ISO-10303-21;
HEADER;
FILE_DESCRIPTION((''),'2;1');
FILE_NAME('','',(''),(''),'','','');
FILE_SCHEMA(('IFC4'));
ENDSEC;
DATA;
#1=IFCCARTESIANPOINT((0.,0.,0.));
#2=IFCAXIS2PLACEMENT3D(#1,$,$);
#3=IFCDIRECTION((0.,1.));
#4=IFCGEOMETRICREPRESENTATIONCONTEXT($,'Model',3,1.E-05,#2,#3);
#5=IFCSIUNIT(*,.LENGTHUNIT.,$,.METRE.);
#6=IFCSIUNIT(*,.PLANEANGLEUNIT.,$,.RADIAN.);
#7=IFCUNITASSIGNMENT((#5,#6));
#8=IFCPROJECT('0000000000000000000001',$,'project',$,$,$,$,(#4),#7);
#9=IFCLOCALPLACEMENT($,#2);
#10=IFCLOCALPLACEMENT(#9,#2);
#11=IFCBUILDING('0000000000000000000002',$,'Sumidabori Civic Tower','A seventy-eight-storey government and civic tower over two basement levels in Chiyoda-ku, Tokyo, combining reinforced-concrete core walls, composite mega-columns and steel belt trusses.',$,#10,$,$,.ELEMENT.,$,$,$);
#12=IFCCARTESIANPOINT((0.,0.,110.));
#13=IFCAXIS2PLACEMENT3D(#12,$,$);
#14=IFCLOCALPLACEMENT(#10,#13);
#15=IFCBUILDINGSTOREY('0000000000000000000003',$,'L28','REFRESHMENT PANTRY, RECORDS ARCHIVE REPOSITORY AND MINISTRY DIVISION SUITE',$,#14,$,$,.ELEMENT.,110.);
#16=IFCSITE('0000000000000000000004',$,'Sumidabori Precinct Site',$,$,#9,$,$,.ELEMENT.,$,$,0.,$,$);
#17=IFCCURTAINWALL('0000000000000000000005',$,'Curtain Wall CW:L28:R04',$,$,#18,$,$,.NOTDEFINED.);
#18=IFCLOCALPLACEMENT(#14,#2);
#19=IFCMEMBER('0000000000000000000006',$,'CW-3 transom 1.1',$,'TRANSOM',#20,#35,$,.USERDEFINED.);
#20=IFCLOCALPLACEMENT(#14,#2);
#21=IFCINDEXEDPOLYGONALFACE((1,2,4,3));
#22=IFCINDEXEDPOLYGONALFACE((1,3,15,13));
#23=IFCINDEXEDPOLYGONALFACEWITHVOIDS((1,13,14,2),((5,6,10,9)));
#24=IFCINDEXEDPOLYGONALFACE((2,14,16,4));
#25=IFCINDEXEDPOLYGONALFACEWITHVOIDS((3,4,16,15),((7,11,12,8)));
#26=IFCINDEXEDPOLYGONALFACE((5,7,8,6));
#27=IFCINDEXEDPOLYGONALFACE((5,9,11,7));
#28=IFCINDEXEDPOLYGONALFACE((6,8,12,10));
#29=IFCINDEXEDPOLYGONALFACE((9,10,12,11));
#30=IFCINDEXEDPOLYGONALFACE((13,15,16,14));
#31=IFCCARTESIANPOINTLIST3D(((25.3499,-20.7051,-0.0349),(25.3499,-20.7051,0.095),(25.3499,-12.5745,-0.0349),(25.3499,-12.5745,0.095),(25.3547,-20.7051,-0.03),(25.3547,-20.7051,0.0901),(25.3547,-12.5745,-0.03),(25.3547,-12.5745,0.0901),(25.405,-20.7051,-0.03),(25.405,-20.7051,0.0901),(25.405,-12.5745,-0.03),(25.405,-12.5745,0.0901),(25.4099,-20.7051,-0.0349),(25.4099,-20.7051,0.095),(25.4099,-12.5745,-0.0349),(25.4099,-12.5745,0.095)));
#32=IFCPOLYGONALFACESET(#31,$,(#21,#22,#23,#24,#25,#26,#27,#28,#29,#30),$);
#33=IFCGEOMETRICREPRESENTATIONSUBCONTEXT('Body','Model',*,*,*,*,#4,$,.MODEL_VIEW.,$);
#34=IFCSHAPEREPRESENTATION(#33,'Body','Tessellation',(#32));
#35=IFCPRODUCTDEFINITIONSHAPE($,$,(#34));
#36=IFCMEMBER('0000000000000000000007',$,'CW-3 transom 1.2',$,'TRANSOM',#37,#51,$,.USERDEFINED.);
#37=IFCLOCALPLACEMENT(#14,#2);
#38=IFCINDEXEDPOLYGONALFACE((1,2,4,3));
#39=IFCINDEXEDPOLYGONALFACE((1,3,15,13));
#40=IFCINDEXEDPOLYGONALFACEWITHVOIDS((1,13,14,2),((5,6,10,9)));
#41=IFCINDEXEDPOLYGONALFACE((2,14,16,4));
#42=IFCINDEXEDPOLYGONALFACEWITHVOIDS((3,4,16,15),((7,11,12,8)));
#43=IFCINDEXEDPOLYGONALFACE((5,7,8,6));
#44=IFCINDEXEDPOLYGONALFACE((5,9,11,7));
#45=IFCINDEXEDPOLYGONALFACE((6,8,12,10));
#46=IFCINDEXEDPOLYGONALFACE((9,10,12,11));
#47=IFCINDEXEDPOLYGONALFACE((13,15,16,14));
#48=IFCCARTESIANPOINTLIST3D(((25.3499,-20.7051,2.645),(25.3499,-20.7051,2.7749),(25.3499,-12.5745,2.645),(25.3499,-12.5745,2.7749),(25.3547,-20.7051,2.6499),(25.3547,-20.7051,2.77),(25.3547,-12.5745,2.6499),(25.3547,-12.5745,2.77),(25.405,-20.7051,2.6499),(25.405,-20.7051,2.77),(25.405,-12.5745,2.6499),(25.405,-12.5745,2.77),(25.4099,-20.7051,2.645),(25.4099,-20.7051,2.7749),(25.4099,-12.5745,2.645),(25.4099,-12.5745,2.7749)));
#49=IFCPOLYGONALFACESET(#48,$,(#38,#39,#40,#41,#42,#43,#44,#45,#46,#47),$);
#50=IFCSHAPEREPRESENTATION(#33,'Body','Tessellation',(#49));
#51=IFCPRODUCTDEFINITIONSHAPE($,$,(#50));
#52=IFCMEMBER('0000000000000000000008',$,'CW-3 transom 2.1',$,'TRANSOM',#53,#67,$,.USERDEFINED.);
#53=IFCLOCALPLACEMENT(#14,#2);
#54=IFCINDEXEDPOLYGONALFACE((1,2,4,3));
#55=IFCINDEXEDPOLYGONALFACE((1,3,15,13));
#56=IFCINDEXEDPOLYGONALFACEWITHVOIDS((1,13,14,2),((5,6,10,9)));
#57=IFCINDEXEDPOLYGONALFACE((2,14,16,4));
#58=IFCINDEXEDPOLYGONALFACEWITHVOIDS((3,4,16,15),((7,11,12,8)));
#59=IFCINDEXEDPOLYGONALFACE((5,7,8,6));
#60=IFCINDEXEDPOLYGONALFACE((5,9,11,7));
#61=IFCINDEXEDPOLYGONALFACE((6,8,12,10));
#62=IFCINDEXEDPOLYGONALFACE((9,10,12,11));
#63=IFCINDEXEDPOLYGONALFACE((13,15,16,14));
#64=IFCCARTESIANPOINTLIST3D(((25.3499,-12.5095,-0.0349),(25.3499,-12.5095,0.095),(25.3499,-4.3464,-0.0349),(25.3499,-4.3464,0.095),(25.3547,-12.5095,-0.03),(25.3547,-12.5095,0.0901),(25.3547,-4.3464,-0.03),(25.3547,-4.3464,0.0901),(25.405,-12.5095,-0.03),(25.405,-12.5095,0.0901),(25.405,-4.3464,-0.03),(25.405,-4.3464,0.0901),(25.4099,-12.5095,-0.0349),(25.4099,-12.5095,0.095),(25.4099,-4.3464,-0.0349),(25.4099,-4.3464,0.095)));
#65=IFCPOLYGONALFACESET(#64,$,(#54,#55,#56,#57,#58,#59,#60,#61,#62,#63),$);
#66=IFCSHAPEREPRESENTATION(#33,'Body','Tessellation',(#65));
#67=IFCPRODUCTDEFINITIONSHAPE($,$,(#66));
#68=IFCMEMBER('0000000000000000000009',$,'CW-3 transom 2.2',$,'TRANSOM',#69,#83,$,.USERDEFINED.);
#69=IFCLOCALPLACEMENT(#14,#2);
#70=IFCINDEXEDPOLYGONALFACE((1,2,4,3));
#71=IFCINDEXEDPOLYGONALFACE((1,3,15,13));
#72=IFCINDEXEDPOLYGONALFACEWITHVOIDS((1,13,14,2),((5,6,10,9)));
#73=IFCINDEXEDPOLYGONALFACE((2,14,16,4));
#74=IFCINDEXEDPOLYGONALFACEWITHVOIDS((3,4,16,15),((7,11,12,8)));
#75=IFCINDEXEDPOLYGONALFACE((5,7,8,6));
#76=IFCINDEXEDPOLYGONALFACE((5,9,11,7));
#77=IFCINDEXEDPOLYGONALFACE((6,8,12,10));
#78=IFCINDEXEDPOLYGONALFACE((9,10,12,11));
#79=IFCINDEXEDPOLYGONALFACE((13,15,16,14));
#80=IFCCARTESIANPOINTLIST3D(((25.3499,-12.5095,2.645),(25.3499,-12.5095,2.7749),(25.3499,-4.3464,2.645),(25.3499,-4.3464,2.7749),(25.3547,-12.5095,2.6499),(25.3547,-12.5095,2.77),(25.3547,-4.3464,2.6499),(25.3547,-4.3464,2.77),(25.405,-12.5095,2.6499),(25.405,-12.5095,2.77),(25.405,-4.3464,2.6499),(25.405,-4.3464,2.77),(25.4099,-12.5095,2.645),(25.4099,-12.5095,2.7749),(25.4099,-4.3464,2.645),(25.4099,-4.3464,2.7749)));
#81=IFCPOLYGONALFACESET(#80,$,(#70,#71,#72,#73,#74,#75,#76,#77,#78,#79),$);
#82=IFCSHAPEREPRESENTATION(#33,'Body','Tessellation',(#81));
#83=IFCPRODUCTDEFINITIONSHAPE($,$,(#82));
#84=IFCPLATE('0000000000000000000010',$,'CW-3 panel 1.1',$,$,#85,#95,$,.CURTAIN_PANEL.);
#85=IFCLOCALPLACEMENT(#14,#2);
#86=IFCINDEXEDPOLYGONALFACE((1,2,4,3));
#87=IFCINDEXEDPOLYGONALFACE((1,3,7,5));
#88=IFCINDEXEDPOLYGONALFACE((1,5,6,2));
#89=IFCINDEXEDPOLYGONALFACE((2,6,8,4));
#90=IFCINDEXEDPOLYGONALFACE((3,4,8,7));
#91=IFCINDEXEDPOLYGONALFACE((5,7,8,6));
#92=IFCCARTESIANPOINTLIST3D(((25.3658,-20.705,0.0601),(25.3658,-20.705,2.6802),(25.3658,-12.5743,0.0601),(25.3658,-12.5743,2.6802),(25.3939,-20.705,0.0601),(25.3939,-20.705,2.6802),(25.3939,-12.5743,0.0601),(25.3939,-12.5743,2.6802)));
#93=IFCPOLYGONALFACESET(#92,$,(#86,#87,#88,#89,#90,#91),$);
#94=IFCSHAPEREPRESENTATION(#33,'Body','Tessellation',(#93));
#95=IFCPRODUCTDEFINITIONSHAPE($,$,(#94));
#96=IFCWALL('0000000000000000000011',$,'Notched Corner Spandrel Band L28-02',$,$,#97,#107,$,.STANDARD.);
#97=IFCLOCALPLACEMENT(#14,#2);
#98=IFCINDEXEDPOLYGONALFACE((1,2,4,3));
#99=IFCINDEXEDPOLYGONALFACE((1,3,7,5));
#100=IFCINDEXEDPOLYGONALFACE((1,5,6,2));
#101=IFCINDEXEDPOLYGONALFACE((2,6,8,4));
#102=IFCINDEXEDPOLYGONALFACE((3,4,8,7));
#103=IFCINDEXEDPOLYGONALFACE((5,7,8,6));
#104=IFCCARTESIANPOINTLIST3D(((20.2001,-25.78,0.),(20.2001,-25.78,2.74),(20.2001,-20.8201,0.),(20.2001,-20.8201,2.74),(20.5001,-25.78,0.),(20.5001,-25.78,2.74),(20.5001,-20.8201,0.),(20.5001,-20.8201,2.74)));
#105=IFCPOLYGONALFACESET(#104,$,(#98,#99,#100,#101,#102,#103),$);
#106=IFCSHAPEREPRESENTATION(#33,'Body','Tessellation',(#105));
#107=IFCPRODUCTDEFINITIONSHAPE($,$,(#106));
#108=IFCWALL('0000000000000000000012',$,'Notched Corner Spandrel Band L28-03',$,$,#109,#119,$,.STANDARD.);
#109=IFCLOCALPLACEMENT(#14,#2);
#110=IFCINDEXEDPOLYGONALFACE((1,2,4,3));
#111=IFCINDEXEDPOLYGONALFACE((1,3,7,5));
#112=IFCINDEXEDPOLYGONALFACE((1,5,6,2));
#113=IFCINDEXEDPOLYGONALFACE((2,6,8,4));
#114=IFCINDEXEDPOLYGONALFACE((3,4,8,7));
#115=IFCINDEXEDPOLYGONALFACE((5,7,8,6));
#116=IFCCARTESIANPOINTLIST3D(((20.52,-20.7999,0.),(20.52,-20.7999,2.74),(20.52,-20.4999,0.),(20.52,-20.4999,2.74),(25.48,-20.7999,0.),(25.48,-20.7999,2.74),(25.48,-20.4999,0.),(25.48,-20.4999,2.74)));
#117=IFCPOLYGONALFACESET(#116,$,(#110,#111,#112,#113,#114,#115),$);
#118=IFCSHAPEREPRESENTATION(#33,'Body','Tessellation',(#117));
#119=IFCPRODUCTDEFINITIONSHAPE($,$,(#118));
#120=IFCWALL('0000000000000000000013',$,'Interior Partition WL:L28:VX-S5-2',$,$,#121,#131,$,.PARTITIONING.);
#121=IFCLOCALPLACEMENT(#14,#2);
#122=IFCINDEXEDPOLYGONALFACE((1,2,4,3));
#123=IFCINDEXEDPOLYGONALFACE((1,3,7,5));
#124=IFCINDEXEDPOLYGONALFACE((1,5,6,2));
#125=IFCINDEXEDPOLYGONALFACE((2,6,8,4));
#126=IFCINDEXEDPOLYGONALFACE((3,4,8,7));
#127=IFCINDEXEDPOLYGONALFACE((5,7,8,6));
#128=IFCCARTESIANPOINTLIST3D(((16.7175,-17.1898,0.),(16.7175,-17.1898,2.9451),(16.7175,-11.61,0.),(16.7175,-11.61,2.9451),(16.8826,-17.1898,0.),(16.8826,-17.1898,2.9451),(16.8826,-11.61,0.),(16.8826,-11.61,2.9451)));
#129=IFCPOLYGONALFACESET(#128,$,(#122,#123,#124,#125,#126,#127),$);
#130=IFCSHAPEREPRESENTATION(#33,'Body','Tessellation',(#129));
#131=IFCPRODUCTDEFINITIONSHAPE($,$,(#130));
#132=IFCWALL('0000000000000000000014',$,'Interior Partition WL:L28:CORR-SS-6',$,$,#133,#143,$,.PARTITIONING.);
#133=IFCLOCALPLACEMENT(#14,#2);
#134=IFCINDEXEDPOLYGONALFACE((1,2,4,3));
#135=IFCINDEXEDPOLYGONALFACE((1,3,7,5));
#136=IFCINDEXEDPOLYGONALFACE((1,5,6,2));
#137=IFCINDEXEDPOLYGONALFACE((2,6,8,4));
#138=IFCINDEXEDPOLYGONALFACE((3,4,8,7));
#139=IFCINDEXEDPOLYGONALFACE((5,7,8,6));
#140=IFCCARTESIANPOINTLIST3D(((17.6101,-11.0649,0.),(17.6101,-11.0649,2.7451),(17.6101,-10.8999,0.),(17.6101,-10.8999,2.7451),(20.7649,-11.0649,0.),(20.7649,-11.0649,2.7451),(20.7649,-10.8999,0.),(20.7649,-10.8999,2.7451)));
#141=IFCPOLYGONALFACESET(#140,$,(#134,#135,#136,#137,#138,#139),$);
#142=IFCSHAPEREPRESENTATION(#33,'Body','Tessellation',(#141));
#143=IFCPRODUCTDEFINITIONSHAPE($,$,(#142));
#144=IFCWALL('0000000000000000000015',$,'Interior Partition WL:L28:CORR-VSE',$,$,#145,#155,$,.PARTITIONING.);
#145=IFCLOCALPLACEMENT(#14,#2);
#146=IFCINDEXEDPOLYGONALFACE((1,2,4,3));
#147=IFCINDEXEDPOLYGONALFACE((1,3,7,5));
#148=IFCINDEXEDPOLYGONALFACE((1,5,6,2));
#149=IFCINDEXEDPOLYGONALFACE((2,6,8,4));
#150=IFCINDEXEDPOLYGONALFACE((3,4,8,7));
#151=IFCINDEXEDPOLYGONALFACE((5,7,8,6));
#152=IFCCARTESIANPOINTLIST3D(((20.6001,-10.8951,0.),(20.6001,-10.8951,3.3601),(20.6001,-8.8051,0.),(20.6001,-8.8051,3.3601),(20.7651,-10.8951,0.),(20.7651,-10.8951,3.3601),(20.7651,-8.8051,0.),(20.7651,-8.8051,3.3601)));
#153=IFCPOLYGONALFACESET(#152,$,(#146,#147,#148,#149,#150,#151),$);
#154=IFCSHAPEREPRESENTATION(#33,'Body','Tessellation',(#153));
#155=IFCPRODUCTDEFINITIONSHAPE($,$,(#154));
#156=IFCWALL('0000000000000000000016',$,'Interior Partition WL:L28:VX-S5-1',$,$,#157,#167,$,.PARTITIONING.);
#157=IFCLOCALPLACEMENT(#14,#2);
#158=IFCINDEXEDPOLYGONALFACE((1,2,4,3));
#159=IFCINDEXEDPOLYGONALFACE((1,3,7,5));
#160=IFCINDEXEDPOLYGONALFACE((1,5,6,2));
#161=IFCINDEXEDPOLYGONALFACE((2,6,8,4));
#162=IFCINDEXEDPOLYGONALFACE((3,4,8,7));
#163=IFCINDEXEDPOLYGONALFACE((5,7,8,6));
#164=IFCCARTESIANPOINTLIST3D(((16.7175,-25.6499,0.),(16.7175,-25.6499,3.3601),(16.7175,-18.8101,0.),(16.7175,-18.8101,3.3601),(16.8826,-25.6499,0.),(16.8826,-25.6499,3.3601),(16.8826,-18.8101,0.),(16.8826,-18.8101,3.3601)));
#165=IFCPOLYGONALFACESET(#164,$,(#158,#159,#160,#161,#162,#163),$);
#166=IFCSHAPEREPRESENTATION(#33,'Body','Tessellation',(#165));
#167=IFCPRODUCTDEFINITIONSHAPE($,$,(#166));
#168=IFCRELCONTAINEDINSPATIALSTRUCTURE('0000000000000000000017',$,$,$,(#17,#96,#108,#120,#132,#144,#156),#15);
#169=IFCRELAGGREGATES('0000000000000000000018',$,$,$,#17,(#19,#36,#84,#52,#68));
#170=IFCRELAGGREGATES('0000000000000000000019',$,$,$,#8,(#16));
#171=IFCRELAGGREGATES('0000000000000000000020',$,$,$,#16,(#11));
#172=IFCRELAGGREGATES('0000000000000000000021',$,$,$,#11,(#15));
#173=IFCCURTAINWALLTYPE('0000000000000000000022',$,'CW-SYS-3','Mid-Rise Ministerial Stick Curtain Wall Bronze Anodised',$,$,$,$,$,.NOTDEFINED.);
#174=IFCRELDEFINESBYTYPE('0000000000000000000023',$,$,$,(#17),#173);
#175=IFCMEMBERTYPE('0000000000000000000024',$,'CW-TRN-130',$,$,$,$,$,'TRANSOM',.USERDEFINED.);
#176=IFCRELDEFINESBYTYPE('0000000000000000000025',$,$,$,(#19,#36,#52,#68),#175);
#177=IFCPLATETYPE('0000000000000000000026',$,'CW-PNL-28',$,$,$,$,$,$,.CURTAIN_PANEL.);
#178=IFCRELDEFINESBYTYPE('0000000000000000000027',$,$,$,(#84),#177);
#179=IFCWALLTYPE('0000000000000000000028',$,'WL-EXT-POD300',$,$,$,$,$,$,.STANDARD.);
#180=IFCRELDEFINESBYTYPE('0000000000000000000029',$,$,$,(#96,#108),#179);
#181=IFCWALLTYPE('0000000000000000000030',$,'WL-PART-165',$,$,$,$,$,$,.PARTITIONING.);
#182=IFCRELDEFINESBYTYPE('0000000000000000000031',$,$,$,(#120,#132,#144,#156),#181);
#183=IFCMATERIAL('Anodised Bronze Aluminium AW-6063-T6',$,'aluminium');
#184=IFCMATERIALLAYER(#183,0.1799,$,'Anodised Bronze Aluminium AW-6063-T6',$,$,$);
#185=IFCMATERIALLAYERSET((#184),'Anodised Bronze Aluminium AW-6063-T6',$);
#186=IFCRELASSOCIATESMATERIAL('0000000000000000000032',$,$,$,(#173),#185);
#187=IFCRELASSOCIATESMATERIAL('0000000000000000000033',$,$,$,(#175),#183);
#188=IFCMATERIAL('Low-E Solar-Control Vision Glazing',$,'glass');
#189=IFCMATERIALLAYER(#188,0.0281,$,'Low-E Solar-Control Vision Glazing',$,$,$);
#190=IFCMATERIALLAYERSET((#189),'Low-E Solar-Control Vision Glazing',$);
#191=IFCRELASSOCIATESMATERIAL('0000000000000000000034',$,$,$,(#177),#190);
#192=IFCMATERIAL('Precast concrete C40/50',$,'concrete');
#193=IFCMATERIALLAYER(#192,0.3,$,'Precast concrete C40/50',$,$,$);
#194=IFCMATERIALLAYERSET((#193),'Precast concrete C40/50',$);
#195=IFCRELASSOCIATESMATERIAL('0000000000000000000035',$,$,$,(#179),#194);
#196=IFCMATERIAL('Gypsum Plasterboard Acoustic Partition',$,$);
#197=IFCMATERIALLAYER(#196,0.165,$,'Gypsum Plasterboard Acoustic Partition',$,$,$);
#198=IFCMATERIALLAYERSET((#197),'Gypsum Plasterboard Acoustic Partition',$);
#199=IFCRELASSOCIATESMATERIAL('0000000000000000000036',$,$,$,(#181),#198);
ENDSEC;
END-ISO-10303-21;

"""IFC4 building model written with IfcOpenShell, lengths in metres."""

from ifc_helpers import new_model, si_unit, direction, frame, frame_2d, origin, origin_2d, place, context, subcontext, project, spatial, rectangle, hollow_rectangle, extrude, source, transform, mapped, material, layer, layer_set, material_profile, profile_set, type_object, element, aggregate, save


model = new_model("IFC4")

# Units and contexts
model_context = context("Model", 3, precision=1e-05, world=origin(), true_north=direction((0.0, 1.0)))
body_context = subcontext(model_context, "Body", "Model", "MODEL_VIEW")
ifc_project = project(units=[si_unit("LENGTHUNIT", "METRE"), si_unit("PLANEANGLEUNIT", "RADIAN")], contexts=[model_context])

# Site, building, storey
site_placement = place(None, origin())
site = spatial("IfcSite", under=ifc_project, at=site_placement, Name="Sumidabori Precinct Site", CompositionType="ELEMENT", RefElevation=0.0)
building_placement = place(site_placement, origin())
building = spatial("IfcBuilding", under=site, at=building_placement, Name="Sumidabori Civic Tower", Description="A seventy-eight-storey government and civic tower over two basement levels in Chiyoda-ku, Tokyo, combining reinforced-concrete core walls, composite mega-columns and steel belt trusses.", CompositionType="ELEMENT")
storey_placement = place(building_placement, frame((0.0, 0.0, 110.0)))
storey = spatial("IfcBuildingStorey", under=building, at=storey_placement, Name="L28", Description="REFRESHMENT PANTRY, RECORDS ARCHIVE REPOSITORY AND MINISTRY DIVISION SUITE", CompositionType="ELEMENT", Elevation=110.0)

# Shared definitions
ifc_material_1 = material(Name="Anodised Bronze Aluminium AW-6063-T6", Category="aluminium")
ifc_layer_1 = layer(ifc_material_1, 0.1799, Name="Anodised Bronze Aluminium AW-6063-T6")
ifc_layer_set_1 = layer_set([ifc_layer_1], Name="Anodised Bronze Aluminium AW-6063-T6")
curtain_wall_type = type_object("IfcCurtainWallType", Name="CW-SYS-3", Description="Mid-Rise Ministerial Stick Curtain Wall Bronze Anodised", PredefinedType="NOTDEFINED", material=ifc_layer_set_1)

# Curtain wall, members, plate
curtain_wall_1_placement = place(storey_placement, origin())
curtain_wall_1 = element("IfcCurtainWall", 1, at=curtain_wall_1_placement, inside=storey, type_object=curtain_wall_type, Name="Curtain Wall CW:L28:R04", PredefinedType="NOTDEFINED")
ifc_material_profile_1 = material_profile(ifc_material_1, hollow_rectangle(XDim=0.0601, YDim=0.1299, WallThickness=0.0049, at=origin_2d()), Name="ALU TRANSOM 130x60")
ifc_profile_set_1 = profile_set([ifc_material_profile_1], Name="Anodised Bronze Aluminium AW-6063-T6")
member_type_1 = type_object("IfcMemberType", Name="CW-TRN-130", ElementType="TRANSOM", PredefinedType="USERDEFINED", material=ifc_profile_set_1)
shared_shape_1 = source(origin(), body_context, "Body", "SweptSolid", [
    extrude(hollow_rectangle(XDim=0.0601, YDim=0.1299, WallThickness=0.0049, at=origin_2d()), origin(), (0.0, 0.0, 1.0), 8.1306),
])
member_1_placement = place(storey_placement, frame((25.3799, -20.7051, 0.03), z_axis=(0.0, 1.0, 0.0), x_axis=(-1.0, 0.0, 0.0)))
member_1 = element("IfcMember", 2, at=member_1_placement, type_object=member_type_1, Name="CW-3 transom 1.1", ObjectType="TRANSOM", PredefinedType="USERDEFINED", context=body_context, shape_type="MappedRepresentation", body=[
    mapped(shared_shape_1, transform((0.0, 0.0, 0.0), x_axis=(1.0, 0.0, 0.0), y_axis=(0.0, 1.0, 0.0), z_axis=(0.0, 0.0, 1.0), scale=1.0)),
])
member_2_placement = place(storey_placement, frame((25.3799, -20.7051, 2.71), z_axis=(0.0, 1.0, 0.0), x_axis=(-1.0, 0.0, 0.0)))
member_2 = element("IfcMember", 3, at=member_2_placement, type_object=member_type_1, Name="CW-3 transom 1.2", ObjectType="TRANSOM", PredefinedType="USERDEFINED", context=body_context, shape_type="MappedRepresentation", body=[
    mapped(shared_shape_1, transform((0.0, 0.0, 0.0), x_axis=(1.0, 0.0, 0.0), y_axis=(0.0, 1.0, 0.0), z_axis=(0.0, 0.0, 1.0), scale=1.0)),
])
shared_shape_2 = source(origin(), body_context, "Body", "SweptSolid", [
    extrude(hollow_rectangle(XDim=0.0601, YDim=0.1299, WallThickness=0.0049, at=origin_2d()), origin(), (0.0, 0.0, 1.0), 8.1631),
])
member_3_placement = place(storey_placement, frame((25.3799, -12.5095, 0.03), z_axis=(0.0, 1.0, 0.0), x_axis=(-1.0, 0.0, 0.0)))
member_3 = element("IfcMember", 4, at=member_3_placement, type_object=member_type_1, Name="CW-3 transom 2.1", ObjectType="TRANSOM", PredefinedType="USERDEFINED", context=body_context, shape_type="MappedRepresentation", body=[
    mapped(shared_shape_2, transform((0.0, 0.0, 0.0), x_axis=(1.0, 0.0, 0.0), y_axis=(0.0, 1.0, 0.0), z_axis=(0.0, 0.0, 1.0), scale=1.0)),
])
member_4_placement = place(storey_placement, frame((25.3799, -12.5095, 2.71), z_axis=(0.0, 1.0, 0.0), x_axis=(-1.0, 0.0, 0.0)))
member_4 = element("IfcMember", 5, at=member_4_placement, type_object=member_type_1, Name="CW-3 transom 2.2", ObjectType="TRANSOM", PredefinedType="USERDEFINED", context=body_context, shape_type="MappedRepresentation", body=[
    mapped(shared_shape_2, transform((0.0, 0.0, 0.0), x_axis=(1.0, 0.0, 0.0), y_axis=(0.0, 1.0, 0.0), z_axis=(0.0, 0.0, 1.0), scale=1.0)),
])
ifc_material_2 = material(Name="Low-E Solar-Control Vision Glazing", Category="glass")
ifc_layer_2 = layer(ifc_material_2, 0.0281, Name="Low-E Solar-Control Vision Glazing")
ifc_layer_set_2 = layer_set([ifc_layer_2], Name="Low-E Solar-Control Vision Glazing")
plate_type = type_object("IfcPlateType", Name="CW-PNL-28", PredefinedType="CURTAIN_PANEL", material=ifc_layer_set_2)
shared_shape_3 = source(origin(), body_context, "Body", "SweptSolid", [
    extrude(rectangle(XDim=8.1306, YDim=0.0281, at=origin_2d()), origin(), (0.0, 0.0, 1.0), 2.6201),
])
plate_placement = place(storey_placement, frame((25.3799, -16.6396, 0.0601), z_axis=(0.0, 0.0, 1.0), x_axis=(0.0, 1.0, 0.0)))
plate = element("IfcPlate", 6, at=plate_placement, type_object=plate_type, Name="CW-3 panel 1.1", PredefinedType="CURTAIN_PANEL", context=body_context, shape_type="MappedRepresentation", body=[
    mapped(shared_shape_3, transform((0.0, 0.0, 0.0), x_axis=(1.0, 0.0, 0.0), y_axis=(0.0, 1.0, 0.0), z_axis=(0.0, 0.0, 1.0), scale=1.0)),
])
aggregate(curtain_wall_1, [member_1, member_2, plate, member_3, member_4])

# Walls
ifc_material_3 = material(Name="Precast concrete C40/50", Category="concrete")
ifc_layer_3 = layer(ifc_material_3, 0.3, Name="Precast concrete C40/50")
ifc_layer_set_3 = layer_set([ifc_layer_3], Name="Precast concrete C40/50")
wall_type_1 = type_object("IfcWallType", Name="WL-EXT-POD300", PredefinedType="STANDARD", material=ifc_layer_set_3)
shared_shape_4 = source(origin(), body_context, "Body", "SweptSolid", [
    extrude(rectangle(XDim=4.96, YDim=0.3, at=frame_2d((2.48, 0.0))), origin(), (0.0, 0.0, 1.0), 2.74),
])
for number, where, z_axis, x_axis, name in (
    (7, (20.3501, -25.78, 0.0), (0.0, 0.0, 1.0), (0.0, 1.0, 0.0), "Notched Corner Spandrel Band L28-02"),
    (8, (20.52, -20.6499, 0.0), (0.0, 0.0, 1.0), (1.0, 0.0, 0.0), "Notched Corner Spandrel Band L28-03"),
):
    element("IfcWall", number, at=place(storey_placement, frame(where, z_axis=z_axis, x_axis=x_axis)), inside=storey, type_object=wall_type_1, Name=name, PredefinedType="STANDARD", context=body_context, shape_type="MappedRepresentation", body=[
        mapped(shared_shape_4, transform((0.0, 0.0, 0.0), x_axis=(1.0, 0.0, 0.0), y_axis=(0.0, 1.0, 0.0), z_axis=(0.0, 0.0, 1.0), scale=1.0)),
    ])
ifc_material_4 = material(Name="Gypsum Plasterboard Acoustic Partition")
ifc_layer_4 = layer(ifc_material_4, 0.165, Name="Gypsum Plasterboard Acoustic Partition")
ifc_layer_set_4 = layer_set([ifc_layer_4], Name="Gypsum Plasterboard Acoustic Partition")
wall_type_2 = type_object("IfcWallType", Name="WL-PART-165", PredefinedType="PARTITIONING", material=ifc_layer_set_4)
shared_shape_5 = source(origin(), body_context, "Body", "SweptSolid", [
    extrude(rectangle(XDim=5.5798, YDim=0.165, at=frame_2d((2.79, 0.0))), origin(), (0.0, 0.0, 1.0), 2.9451),
])
wall_1_placement = place(storey_placement, frame((16.8, -17.1899, 0.0), z_axis=(0.0, 0.0, 1.0), x_axis=(0.0, 1.0, 0.0)))
element("IfcWall", 9, at=wall_1_placement, inside=storey, type_object=wall_type_2, Name="Interior Partition WL:L28:VX-S5-2", PredefinedType="PARTITIONING", context=body_context, shape_type="MappedRepresentation", body=[
    mapped(shared_shape_5, transform((0.0, 0.0, 0.0), x_axis=(1.0, 0.0, 0.0), y_axis=(0.0, 1.0, 0.0), z_axis=(0.0, 0.0, 1.0), scale=1.0)),
])
shared_shape_6 = source(origin(), body_context, "Body", "SweptSolid", [
    extrude(rectangle(XDim=3.1548, YDim=0.165, at=frame_2d((1.5774, 0.0))), origin(), (0.0, 0.0, 1.0), 2.7451),
])
wall_2_placement = place(storey_placement, frame((17.6101, -10.9824, 0.0), z_axis=(0.0, 0.0, 1.0), x_axis=(1.0, 0.0, 0.0)))
element("IfcWall", 10, at=wall_2_placement, inside=storey, type_object=wall_type_2, Name="Interior Partition WL:L28:CORR-SS-6", PredefinedType="PARTITIONING", context=body_context, shape_type="MappedRepresentation", body=[
    mapped(shared_shape_6, transform((0.0, 0.0, 0.0), x_axis=(1.0, 0.0, 0.0), y_axis=(0.0, 1.0, 0.0), z_axis=(0.0, 0.0, 1.0), scale=1.0)),
])
shared_shape_7 = source(origin(), body_context, "Body", "SweptSolid", [
    extrude(rectangle(XDim=2.0901, YDim=0.165, at=frame_2d((1.0449, 0.0))), origin(), (0.0, 0.0, 1.0), 3.3601),
])
wall_3_placement = place(storey_placement, frame((20.6826, -10.895, 0.0), z_axis=(0.0, 0.0, 1.0), x_axis=(0.0, 1.0, 0.0)))
element("IfcWall", 11, at=wall_3_placement, inside=storey, type_object=wall_type_2, Name="Interior Partition WL:L28:CORR-VSE", PredefinedType="PARTITIONING", context=body_context, shape_type="MappedRepresentation", body=[
    mapped(shared_shape_7, transform((0.0, 0.0, 0.0), x_axis=(1.0, 0.0, 0.0), y_axis=(0.0, 1.0, 0.0), z_axis=(0.0, 0.0, 1.0), scale=1.0)),
])
shared_shape_8 = source(origin(), body_context, "Body", "SweptSolid", [
    extrude(rectangle(XDim=6.8398, YDim=0.165, at=frame_2d((3.4199, 0.0))), origin(), (0.0, 0.0, 1.0), 3.3601),
])
wall_4_placement = place(storey_placement, frame((16.8, -25.6499, 0.0), z_axis=(0.0, 0.0, 1.0), x_axis=(0.0, 1.0, 0.0)))
element("IfcWall", 12, at=wall_4_placement, inside=storey, type_object=wall_type_2, Name="Interior Partition WL:L28:VX-S5-1", PredefinedType="PARTITIONING", context=body_context, shape_type="MappedRepresentation", body=[
    mapped(shared_shape_8, transform((0.0, 0.0, 0.0), x_axis=(1.0, 0.0, 0.0), y_axis=(0.0, 1.0, 0.0), z_axis=(0.0, 0.0, 1.0), scale=1.0)),
])

save(model, "model.ifc")
